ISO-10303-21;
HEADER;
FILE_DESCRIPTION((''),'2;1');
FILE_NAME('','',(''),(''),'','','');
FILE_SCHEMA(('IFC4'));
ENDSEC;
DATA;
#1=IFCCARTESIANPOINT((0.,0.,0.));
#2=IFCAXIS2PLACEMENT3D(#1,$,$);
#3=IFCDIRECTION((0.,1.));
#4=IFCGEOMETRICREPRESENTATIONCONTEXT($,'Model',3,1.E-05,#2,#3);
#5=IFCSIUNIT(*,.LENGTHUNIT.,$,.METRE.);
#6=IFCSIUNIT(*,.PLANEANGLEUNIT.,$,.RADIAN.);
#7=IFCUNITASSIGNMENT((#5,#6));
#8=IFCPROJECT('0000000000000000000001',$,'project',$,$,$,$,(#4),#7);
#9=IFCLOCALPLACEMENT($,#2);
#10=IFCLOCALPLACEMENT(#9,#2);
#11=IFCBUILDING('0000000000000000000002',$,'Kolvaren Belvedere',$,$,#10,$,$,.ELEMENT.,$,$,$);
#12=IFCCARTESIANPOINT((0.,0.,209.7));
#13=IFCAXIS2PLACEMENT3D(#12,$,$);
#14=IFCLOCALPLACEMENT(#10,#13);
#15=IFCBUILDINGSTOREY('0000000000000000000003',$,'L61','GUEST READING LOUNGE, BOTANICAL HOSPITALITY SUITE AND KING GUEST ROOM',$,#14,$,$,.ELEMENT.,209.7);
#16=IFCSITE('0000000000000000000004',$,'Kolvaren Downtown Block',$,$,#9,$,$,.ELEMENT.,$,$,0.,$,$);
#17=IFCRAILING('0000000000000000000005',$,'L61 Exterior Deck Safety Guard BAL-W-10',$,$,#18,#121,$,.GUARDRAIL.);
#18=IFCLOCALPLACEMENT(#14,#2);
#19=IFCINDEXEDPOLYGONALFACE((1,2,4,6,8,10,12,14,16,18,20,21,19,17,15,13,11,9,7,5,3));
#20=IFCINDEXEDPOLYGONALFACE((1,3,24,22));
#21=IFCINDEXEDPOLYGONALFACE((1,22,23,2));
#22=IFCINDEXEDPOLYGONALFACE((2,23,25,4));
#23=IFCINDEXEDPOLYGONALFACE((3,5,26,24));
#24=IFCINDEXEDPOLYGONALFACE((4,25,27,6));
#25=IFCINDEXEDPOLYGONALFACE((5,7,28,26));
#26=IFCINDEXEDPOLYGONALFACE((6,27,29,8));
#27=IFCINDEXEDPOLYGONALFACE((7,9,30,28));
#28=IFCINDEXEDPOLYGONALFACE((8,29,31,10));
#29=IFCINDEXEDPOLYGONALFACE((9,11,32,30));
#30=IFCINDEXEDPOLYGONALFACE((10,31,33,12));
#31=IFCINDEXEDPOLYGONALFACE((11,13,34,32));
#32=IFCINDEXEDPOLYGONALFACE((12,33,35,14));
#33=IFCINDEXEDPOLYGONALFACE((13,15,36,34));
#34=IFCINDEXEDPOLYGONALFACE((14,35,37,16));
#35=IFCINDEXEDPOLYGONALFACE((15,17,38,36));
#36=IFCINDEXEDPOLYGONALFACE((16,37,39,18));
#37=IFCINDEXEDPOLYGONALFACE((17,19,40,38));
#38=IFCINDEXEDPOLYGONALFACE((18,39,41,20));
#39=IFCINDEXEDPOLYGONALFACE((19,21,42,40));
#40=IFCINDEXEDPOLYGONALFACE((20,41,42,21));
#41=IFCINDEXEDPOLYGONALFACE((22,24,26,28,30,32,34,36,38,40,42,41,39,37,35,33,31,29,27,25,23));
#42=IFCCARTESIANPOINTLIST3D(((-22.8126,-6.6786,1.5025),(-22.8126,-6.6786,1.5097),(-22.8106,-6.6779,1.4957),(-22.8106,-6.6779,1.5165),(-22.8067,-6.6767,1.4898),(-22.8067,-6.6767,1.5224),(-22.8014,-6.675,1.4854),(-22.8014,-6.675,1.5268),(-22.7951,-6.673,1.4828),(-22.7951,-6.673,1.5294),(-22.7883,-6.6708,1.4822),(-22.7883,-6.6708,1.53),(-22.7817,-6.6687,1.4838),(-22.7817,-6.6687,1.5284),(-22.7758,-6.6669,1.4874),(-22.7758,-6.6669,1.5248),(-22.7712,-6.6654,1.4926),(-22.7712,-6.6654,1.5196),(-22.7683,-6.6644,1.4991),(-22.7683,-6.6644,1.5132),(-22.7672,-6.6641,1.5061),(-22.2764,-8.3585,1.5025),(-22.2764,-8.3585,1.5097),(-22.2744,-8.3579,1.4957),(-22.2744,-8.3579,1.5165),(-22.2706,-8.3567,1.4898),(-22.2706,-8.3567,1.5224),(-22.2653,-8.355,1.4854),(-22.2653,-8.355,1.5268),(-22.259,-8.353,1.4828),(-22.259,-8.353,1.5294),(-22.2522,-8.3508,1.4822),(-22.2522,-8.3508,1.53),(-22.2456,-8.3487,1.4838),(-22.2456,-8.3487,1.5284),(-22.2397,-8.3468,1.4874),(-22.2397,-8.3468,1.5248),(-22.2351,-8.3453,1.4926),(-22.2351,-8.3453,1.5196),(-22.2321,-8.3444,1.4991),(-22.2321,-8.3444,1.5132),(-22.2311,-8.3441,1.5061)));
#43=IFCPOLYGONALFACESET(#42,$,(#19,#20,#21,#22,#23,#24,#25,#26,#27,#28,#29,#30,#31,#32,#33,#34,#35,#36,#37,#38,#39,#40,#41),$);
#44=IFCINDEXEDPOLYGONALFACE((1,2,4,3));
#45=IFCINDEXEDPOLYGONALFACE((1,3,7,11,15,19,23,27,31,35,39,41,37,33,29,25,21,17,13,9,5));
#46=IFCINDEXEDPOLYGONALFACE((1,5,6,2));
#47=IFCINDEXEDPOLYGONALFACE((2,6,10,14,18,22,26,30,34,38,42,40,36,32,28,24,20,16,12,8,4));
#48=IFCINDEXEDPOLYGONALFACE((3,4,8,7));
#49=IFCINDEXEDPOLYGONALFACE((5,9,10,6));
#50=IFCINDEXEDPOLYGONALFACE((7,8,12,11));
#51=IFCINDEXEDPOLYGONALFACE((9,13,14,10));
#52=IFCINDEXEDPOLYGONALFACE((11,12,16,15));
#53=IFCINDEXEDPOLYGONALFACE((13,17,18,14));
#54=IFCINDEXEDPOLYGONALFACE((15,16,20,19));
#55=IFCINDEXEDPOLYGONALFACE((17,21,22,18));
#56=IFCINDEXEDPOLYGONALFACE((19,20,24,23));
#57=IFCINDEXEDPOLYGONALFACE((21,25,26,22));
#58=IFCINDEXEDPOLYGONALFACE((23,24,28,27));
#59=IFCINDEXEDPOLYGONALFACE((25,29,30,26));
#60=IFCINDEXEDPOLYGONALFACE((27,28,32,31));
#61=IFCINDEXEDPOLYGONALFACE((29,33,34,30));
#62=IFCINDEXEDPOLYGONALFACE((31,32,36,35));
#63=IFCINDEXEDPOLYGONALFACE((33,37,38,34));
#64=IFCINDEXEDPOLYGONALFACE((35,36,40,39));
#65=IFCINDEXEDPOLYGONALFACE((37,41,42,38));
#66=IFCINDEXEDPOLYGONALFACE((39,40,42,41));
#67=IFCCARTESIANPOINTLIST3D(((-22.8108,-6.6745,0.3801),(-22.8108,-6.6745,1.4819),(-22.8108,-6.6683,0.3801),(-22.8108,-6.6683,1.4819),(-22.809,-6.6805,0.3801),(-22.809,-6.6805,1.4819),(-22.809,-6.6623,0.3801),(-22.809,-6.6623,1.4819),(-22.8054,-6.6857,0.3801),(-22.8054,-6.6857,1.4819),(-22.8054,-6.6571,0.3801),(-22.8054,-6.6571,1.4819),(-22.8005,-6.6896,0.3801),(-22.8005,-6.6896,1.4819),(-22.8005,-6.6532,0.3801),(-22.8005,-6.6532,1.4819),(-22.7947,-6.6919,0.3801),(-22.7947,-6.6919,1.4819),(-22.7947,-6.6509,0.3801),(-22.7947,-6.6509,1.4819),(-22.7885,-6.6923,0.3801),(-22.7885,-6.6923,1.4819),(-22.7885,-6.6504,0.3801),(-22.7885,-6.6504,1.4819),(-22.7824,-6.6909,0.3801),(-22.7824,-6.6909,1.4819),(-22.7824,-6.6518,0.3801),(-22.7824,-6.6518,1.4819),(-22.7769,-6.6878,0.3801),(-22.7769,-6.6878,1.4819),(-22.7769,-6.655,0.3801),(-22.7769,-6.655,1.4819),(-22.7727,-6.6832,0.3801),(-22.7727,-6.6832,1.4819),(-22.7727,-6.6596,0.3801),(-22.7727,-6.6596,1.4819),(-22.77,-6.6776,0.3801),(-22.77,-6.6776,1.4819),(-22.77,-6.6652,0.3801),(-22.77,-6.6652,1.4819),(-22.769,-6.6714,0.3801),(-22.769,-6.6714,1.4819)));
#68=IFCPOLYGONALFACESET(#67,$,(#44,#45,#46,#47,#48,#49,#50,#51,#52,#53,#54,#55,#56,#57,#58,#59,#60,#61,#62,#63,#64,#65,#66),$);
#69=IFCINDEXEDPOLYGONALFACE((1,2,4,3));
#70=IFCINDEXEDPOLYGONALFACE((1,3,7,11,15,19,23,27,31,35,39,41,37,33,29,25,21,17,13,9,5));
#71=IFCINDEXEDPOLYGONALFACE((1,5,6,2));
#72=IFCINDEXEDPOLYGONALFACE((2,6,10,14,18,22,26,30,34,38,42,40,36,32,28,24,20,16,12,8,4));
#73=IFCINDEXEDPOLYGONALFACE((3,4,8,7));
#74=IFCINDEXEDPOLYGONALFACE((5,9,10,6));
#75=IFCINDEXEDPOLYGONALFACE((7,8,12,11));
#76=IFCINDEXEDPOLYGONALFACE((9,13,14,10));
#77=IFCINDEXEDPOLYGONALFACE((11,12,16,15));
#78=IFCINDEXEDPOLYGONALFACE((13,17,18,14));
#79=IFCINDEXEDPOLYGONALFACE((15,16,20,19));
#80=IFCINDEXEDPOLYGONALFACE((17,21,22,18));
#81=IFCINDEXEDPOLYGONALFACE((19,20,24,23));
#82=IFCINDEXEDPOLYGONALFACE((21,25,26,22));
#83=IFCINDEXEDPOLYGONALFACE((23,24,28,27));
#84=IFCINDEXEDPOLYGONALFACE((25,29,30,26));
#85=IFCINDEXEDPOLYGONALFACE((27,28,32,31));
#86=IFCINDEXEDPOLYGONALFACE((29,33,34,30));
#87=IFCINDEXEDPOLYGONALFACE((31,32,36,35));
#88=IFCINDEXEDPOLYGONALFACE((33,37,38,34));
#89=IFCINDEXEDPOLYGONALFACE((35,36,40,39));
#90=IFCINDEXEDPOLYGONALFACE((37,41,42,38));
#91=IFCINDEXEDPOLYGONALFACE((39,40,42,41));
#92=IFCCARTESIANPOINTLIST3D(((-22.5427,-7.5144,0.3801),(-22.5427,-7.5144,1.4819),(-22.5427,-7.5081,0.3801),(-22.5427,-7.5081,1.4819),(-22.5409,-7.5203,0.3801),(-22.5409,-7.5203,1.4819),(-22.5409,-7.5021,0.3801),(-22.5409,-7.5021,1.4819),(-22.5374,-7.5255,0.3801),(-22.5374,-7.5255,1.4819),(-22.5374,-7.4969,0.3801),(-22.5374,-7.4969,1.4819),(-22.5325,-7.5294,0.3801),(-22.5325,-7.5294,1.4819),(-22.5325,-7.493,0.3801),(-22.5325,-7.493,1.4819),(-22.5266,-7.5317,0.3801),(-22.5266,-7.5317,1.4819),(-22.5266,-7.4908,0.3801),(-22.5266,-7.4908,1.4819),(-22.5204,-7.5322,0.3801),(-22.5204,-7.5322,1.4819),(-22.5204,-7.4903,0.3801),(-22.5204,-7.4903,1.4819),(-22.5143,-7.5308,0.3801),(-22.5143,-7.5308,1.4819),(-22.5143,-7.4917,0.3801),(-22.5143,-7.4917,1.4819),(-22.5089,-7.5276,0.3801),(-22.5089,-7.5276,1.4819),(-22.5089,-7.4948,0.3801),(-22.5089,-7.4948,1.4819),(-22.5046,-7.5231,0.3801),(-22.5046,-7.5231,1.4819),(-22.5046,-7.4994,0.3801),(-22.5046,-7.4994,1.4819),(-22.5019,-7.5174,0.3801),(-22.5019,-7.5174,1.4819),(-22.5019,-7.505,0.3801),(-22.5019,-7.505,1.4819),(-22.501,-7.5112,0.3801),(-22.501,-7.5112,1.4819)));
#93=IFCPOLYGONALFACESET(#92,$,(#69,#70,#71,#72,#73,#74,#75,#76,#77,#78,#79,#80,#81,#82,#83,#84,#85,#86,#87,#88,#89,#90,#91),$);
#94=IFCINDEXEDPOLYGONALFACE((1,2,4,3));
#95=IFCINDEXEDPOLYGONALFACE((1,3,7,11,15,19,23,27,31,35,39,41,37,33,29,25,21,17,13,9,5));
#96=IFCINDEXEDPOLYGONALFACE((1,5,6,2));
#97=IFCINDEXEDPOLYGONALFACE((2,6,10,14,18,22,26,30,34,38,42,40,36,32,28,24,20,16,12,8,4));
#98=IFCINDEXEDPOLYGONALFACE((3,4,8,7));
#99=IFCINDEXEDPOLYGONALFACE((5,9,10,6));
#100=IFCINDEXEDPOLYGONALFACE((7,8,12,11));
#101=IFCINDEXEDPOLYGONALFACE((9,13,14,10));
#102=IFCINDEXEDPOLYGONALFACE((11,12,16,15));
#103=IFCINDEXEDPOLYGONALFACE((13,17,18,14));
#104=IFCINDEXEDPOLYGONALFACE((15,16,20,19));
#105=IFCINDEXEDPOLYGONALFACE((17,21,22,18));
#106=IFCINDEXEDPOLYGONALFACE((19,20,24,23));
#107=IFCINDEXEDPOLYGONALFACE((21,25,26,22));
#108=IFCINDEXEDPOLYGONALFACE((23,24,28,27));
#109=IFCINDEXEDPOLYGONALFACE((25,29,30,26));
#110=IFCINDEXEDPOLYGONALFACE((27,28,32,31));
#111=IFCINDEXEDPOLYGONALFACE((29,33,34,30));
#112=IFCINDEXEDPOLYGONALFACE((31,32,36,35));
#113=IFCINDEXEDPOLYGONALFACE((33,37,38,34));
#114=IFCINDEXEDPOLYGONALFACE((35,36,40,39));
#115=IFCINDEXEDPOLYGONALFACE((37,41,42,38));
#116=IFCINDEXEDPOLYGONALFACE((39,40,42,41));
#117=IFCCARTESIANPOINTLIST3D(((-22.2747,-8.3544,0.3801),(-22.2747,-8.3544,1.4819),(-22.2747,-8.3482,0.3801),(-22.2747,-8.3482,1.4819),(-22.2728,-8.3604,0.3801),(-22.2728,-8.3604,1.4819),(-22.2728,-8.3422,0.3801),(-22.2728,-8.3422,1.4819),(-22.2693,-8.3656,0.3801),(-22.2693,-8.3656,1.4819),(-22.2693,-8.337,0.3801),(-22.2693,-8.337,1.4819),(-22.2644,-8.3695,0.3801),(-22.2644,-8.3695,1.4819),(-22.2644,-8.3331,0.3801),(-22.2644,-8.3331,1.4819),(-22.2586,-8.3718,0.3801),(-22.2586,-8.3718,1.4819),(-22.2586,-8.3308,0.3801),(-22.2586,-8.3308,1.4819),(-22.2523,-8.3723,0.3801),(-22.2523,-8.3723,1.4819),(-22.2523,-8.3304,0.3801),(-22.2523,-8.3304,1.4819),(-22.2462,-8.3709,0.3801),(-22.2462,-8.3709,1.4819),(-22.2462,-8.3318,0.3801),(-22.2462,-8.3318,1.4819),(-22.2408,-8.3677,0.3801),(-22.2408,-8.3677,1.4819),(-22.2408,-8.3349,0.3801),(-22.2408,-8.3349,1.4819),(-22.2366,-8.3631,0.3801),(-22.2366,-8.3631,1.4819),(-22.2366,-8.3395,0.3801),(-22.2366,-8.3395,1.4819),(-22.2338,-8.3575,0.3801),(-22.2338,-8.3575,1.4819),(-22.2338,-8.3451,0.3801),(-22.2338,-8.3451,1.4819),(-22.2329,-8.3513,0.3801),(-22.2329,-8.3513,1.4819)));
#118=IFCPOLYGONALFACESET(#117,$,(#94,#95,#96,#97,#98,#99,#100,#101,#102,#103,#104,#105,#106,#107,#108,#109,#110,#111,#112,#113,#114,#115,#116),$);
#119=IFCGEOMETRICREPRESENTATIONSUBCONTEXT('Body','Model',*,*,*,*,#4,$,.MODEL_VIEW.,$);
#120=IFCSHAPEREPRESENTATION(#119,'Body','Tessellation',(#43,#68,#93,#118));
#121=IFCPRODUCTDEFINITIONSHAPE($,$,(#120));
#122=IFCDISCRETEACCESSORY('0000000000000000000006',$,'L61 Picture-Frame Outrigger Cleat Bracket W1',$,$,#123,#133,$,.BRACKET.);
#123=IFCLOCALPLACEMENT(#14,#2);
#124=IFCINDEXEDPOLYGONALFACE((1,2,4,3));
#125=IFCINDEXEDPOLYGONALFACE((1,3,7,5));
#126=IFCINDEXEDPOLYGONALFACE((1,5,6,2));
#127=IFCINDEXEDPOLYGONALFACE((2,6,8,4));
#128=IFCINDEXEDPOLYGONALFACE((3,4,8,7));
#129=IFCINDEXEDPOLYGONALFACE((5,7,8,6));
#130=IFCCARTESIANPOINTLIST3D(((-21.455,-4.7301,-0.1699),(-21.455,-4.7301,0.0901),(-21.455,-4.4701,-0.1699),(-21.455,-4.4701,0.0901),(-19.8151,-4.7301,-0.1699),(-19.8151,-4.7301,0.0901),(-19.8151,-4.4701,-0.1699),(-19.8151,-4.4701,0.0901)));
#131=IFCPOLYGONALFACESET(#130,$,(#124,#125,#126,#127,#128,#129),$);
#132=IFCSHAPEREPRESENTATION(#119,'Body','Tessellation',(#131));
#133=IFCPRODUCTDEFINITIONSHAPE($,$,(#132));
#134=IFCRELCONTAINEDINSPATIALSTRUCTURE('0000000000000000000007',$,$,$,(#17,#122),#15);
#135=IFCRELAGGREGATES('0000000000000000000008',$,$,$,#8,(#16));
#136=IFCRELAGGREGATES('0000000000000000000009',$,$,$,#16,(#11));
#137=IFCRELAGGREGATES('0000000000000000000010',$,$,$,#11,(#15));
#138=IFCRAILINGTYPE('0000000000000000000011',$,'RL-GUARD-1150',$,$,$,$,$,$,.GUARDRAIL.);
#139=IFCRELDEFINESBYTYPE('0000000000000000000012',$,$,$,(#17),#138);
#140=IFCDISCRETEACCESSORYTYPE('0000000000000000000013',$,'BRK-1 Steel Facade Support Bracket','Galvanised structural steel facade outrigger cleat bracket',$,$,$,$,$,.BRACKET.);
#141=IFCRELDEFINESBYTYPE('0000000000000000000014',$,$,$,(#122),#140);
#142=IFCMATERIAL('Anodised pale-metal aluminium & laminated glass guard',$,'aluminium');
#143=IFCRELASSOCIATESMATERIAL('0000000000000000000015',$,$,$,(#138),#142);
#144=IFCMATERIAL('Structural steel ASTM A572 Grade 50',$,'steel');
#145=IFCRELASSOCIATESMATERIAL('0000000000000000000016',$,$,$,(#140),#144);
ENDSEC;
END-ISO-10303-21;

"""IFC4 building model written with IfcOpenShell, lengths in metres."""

from ifc_helpers import new_model, si_unit, direction, frame, origin, origin_2d, place, context, subcontext, project, spatial, rectangle, circle, extrude, material, type_object, element, save


model = new_model("IFC4")

# Units and contexts
model_context = context("Model", 3, precision=1e-05, world=origin(), true_north=direction((0.0, 1.0)))
body_context = subcontext(model_context, "Body", "Model", "MODEL_VIEW")
ifc_project = project(units=[si_unit("LENGTHUNIT", "METRE"), si_unit("PLANEANGLEUNIT", "RADIAN")], contexts=[model_context])

# Site, building, storey
site_placement = place(None, origin())
site = spatial("IfcSite", under=ifc_project, at=site_placement, Name="Kolvaren Downtown Block", CompositionType="ELEMENT", RefElevation=0.0)
building_placement = place(site_placement, origin())
building = spatial("IfcBuilding", under=site, at=building_placement, Name="Kolvaren Belvedere", CompositionType="ELEMENT")
storey_placement = place(building_placement, frame((0.0, 0.0, 209.7)))
storey = spatial("IfcBuildingStorey", under=building, at=storey_placement, Name="L61", Description="GUEST READING LOUNGE, BOTANICAL HOSPITALITY SUITE AND KING GUEST ROOM", CompositionType="ELEMENT", Elevation=209.7)

# Railing
ifc_material_1 = material(Name="Anodised pale-metal aluminium & laminated glass guard", Category="aluminium")
railing_type = type_object("IfcRailingType", Name="RL-GUARD-1150", PredefinedType="GUARDRAIL", material=ifc_material_1)
railing_1_placement = place(storey_placement, frame((-22.79, -6.6714, 0.3801)))
element("IfcRailing", 1, at=railing_1_placement, inside=storey, type_object=railing_type, Name="L61 Exterior Deck Safety Guard BAL-W-10", PredefinedType="GUARDRAIL", context=body_context, shape_type="SweptSolid", body=[
    extrude(circle(Radius=0.0239, at=origin_2d()), frame((0.0, 0.0, 1.126), z_axis=(0.304032, -0.952662, 0.0), x_axis=(0.952662, 0.304032, 0.0)), (0.0, 0.0, 1.0), 1.7634),
    extrude(circle(Radius=0.021, at=origin_2d()), origin(), (0.0, 0.0, 1.0), 1.1018),
    extrude(circle(Radius=0.021, at=origin_2d()), frame((0.2681, -0.8398, 0.0)), (0.0, 0.0, 1.0), 1.1018),
    extrude(circle(Radius=0.021, at=origin_2d()), frame((0.5361, -1.6799, 0.0)), (0.0, 0.0, 1.0), 1.1018),
])

# Discrete accessory
ifc_material_2 = material(Name="Structural steel ASTM A572 Grade 50", Category="steel")
discrete_accessory_type = type_object("IfcDiscreteAccessoryType", Name="BRK-1 Steel Facade Support Bracket", Description="Galvanised structural steel facade outrigger cleat bracket", PredefinedType="BRACKET", material=ifc_material_2)
discrete_accessory_placement = place(storey_placement, frame((-20.635, -4.6001, -0.1699), z_axis=(0.0, 0.0, 1.0), x_axis=(1.0, 0.0, 0.0)))
element("IfcDiscreteAccessory", 2, at=discrete_accessory_placement, inside=storey, type_object=discrete_accessory_type, Name="L61 Picture-Frame Outrigger Cleat Bracket W1", PredefinedType="BRACKET", context=body_context, shape_type="SweptSolid", body=[
    extrude(rectangle(XDim=1.6399, YDim=0.26, at=origin_2d()), origin(), (0.0, 0.0, 1.0), 0.26),
])

save(model, "model.ifc")
